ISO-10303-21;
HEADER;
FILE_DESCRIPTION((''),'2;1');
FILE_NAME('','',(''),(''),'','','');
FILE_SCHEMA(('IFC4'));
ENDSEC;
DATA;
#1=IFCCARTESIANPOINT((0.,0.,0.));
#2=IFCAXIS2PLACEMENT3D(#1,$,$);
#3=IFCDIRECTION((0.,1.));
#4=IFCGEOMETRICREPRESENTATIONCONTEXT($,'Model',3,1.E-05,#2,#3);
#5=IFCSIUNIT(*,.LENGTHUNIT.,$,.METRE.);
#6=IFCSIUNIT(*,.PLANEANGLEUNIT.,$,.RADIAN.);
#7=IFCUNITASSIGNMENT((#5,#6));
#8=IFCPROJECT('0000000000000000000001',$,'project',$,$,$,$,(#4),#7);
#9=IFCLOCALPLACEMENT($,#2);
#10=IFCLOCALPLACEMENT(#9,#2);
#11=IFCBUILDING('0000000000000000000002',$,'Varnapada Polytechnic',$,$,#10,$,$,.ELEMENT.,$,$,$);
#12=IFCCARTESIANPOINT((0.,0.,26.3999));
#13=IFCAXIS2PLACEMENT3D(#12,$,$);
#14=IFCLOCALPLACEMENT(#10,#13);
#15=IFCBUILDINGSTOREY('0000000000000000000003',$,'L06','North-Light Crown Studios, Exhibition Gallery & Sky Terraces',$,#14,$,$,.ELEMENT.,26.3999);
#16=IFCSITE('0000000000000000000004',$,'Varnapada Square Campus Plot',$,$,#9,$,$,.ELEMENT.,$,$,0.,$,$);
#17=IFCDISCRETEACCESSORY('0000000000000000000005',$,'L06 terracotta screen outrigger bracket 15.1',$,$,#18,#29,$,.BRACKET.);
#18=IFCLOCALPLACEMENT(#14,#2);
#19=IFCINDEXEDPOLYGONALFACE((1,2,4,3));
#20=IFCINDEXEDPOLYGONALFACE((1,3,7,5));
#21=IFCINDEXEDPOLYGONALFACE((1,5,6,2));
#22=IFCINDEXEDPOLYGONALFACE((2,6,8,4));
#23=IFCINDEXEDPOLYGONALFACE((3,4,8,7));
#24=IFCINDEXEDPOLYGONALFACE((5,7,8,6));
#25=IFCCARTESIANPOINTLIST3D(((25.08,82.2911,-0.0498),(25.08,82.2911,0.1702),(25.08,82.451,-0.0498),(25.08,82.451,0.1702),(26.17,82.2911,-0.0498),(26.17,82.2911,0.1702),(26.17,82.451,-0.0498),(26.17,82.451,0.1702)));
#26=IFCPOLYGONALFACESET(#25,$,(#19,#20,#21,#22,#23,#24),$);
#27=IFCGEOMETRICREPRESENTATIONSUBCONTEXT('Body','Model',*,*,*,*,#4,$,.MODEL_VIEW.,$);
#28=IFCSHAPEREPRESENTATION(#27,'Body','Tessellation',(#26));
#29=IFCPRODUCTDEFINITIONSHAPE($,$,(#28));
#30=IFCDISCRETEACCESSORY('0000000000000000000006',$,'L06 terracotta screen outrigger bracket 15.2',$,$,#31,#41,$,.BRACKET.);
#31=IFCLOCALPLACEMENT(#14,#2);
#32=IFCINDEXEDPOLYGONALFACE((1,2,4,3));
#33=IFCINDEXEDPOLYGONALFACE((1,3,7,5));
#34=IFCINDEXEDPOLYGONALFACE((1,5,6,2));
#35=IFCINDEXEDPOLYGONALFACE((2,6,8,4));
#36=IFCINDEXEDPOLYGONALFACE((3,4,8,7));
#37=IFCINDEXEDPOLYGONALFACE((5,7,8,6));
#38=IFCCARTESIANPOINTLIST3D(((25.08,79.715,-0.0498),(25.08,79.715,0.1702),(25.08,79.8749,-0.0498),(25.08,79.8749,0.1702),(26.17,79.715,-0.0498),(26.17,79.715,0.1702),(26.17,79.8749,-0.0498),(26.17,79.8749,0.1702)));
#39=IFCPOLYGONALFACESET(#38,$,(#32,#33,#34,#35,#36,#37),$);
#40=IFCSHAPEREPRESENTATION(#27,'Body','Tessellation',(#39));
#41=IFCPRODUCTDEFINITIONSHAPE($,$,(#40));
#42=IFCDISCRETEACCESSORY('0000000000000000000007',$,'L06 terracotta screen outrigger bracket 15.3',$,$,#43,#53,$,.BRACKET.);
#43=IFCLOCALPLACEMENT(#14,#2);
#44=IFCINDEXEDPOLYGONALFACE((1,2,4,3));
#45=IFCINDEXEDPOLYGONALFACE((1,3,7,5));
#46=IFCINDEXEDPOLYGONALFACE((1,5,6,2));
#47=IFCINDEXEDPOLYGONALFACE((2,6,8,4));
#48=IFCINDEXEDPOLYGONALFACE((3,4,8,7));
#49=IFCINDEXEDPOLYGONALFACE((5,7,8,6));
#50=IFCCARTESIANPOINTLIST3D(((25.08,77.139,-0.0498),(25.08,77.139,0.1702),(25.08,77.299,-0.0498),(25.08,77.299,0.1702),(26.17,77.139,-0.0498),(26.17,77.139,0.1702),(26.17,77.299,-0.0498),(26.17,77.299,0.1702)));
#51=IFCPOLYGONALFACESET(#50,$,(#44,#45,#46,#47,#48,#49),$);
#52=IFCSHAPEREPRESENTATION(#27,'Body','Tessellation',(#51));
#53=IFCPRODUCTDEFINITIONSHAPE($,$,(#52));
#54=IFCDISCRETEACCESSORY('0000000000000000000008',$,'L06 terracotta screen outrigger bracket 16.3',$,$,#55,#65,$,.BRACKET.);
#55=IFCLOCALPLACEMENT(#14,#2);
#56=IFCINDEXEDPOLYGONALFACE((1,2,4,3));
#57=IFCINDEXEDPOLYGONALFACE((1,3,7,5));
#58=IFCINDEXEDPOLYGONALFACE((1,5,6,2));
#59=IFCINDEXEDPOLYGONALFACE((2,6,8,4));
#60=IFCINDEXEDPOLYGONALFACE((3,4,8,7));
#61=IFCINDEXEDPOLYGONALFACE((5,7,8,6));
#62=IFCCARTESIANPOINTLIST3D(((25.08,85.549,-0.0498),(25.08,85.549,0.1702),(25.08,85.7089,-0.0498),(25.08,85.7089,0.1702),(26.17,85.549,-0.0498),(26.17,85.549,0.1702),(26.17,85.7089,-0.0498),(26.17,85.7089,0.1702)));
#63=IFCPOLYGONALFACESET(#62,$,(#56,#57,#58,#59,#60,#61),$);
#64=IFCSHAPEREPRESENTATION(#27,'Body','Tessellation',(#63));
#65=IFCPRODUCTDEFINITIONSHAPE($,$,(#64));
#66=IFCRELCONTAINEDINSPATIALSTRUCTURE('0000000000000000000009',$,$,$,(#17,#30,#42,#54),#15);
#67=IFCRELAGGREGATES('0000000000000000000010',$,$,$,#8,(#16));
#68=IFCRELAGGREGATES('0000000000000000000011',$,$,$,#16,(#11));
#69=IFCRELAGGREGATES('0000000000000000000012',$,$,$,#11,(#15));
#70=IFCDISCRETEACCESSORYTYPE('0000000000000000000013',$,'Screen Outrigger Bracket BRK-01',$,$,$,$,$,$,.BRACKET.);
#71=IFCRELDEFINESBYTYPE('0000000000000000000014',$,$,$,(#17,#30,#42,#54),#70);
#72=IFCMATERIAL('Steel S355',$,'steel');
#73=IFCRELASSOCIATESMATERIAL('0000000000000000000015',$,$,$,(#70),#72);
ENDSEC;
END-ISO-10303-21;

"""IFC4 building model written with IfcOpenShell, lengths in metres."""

from ifc_helpers import new_model, si_unit, direction, frame, origin, origin_2d, place, context, subcontext, project, spatial, rectangle, extrude, material, type_object, element, save


model = new_model("IFC4")

# Units and contexts
model_context = context("Model", 3, precision=1e-05, world=origin(), true_north=direction((0.0, 1.0)))
body_context = subcontext(model_context, "Body", "Model", "MODEL_VIEW")
ifc_project = project(units=[si_unit("LENGTHUNIT", "METRE"), si_unit("PLANEANGLEUNIT", "RADIAN")], contexts=[model_context])

# Site, building, storey
site_placement = place(None, origin())
site = spatial("IfcSite", under=ifc_project, at=site_placement, Name="Varnapada Square Campus Plot", CompositionType="ELEMENT", RefElevation=0.0)
building_placement = place(site_placement, origin())
building = spatial("IfcBuilding", under=site, at=building_placement, Name="Varnapada Polytechnic", CompositionType="ELEMENT")
storey_placement = place(building_placement, frame((0.0, 0.0, 26.3999)))
storey = spatial("IfcBuildingStorey", under=building, at=storey_placement, Name="L06", Description="North-Light Crown Studios, Exhibition Gallery & Sky Terraces", CompositionType="ELEMENT", Elevation=26.3999)

# Discrete accessories
ifc_material_1 = material(Name="Steel S355", Category="steel")
discrete_accessory_type = type_object("IfcDiscreteAccessoryType", Name="Screen Outrigger Bracket BRK-01", PredefinedType="BRACKET", material=ifc_material_1)
for number, where, z_axis, x_axis, name in (
    (1, (25.625, 82.3711, -0.0498), (0.0, 0.0, 1.0), (0.0, -1.0, 0.0), "L06 terracotta screen outrigger bracket 15.1"),
    (2, (25.625, 79.7949, -0.0498), (0.0, 0.0, 1.0), (0.0, -1.0, 0.0), "L06 terracotta screen outrigger bracket 15.2"),
    (3, (25.625, 77.219, -0.0498), (0.0, 0.0, 1.0), (0.0, -1.0, 0.0), "L06 terracotta screen outrigger bracket 15.3"),
    (4, (25.625, 85.6289, -0.0498), (0.0, 0.0, 1.0), (0.0, -1.0, 0.0), "L06 terracotta screen outrigger bracket 16.3"),
):
    element("IfcDiscreteAccessory", number, at=place(storey_placement, frame(where, z_axis=z_axis, x_axis=x_axis)), inside=storey, type_object=discrete_accessory_type, Name=name, PredefinedType="BRACKET", context=body_context, shape_type="SweptSolid", body=[
        extrude(rectangle(XDim=0.1599, YDim=1.0901, at=origin_2d()), origin(), (0.0, 0.0, 1.0), 0.22),
    ])

save(model, "model.ifc")
